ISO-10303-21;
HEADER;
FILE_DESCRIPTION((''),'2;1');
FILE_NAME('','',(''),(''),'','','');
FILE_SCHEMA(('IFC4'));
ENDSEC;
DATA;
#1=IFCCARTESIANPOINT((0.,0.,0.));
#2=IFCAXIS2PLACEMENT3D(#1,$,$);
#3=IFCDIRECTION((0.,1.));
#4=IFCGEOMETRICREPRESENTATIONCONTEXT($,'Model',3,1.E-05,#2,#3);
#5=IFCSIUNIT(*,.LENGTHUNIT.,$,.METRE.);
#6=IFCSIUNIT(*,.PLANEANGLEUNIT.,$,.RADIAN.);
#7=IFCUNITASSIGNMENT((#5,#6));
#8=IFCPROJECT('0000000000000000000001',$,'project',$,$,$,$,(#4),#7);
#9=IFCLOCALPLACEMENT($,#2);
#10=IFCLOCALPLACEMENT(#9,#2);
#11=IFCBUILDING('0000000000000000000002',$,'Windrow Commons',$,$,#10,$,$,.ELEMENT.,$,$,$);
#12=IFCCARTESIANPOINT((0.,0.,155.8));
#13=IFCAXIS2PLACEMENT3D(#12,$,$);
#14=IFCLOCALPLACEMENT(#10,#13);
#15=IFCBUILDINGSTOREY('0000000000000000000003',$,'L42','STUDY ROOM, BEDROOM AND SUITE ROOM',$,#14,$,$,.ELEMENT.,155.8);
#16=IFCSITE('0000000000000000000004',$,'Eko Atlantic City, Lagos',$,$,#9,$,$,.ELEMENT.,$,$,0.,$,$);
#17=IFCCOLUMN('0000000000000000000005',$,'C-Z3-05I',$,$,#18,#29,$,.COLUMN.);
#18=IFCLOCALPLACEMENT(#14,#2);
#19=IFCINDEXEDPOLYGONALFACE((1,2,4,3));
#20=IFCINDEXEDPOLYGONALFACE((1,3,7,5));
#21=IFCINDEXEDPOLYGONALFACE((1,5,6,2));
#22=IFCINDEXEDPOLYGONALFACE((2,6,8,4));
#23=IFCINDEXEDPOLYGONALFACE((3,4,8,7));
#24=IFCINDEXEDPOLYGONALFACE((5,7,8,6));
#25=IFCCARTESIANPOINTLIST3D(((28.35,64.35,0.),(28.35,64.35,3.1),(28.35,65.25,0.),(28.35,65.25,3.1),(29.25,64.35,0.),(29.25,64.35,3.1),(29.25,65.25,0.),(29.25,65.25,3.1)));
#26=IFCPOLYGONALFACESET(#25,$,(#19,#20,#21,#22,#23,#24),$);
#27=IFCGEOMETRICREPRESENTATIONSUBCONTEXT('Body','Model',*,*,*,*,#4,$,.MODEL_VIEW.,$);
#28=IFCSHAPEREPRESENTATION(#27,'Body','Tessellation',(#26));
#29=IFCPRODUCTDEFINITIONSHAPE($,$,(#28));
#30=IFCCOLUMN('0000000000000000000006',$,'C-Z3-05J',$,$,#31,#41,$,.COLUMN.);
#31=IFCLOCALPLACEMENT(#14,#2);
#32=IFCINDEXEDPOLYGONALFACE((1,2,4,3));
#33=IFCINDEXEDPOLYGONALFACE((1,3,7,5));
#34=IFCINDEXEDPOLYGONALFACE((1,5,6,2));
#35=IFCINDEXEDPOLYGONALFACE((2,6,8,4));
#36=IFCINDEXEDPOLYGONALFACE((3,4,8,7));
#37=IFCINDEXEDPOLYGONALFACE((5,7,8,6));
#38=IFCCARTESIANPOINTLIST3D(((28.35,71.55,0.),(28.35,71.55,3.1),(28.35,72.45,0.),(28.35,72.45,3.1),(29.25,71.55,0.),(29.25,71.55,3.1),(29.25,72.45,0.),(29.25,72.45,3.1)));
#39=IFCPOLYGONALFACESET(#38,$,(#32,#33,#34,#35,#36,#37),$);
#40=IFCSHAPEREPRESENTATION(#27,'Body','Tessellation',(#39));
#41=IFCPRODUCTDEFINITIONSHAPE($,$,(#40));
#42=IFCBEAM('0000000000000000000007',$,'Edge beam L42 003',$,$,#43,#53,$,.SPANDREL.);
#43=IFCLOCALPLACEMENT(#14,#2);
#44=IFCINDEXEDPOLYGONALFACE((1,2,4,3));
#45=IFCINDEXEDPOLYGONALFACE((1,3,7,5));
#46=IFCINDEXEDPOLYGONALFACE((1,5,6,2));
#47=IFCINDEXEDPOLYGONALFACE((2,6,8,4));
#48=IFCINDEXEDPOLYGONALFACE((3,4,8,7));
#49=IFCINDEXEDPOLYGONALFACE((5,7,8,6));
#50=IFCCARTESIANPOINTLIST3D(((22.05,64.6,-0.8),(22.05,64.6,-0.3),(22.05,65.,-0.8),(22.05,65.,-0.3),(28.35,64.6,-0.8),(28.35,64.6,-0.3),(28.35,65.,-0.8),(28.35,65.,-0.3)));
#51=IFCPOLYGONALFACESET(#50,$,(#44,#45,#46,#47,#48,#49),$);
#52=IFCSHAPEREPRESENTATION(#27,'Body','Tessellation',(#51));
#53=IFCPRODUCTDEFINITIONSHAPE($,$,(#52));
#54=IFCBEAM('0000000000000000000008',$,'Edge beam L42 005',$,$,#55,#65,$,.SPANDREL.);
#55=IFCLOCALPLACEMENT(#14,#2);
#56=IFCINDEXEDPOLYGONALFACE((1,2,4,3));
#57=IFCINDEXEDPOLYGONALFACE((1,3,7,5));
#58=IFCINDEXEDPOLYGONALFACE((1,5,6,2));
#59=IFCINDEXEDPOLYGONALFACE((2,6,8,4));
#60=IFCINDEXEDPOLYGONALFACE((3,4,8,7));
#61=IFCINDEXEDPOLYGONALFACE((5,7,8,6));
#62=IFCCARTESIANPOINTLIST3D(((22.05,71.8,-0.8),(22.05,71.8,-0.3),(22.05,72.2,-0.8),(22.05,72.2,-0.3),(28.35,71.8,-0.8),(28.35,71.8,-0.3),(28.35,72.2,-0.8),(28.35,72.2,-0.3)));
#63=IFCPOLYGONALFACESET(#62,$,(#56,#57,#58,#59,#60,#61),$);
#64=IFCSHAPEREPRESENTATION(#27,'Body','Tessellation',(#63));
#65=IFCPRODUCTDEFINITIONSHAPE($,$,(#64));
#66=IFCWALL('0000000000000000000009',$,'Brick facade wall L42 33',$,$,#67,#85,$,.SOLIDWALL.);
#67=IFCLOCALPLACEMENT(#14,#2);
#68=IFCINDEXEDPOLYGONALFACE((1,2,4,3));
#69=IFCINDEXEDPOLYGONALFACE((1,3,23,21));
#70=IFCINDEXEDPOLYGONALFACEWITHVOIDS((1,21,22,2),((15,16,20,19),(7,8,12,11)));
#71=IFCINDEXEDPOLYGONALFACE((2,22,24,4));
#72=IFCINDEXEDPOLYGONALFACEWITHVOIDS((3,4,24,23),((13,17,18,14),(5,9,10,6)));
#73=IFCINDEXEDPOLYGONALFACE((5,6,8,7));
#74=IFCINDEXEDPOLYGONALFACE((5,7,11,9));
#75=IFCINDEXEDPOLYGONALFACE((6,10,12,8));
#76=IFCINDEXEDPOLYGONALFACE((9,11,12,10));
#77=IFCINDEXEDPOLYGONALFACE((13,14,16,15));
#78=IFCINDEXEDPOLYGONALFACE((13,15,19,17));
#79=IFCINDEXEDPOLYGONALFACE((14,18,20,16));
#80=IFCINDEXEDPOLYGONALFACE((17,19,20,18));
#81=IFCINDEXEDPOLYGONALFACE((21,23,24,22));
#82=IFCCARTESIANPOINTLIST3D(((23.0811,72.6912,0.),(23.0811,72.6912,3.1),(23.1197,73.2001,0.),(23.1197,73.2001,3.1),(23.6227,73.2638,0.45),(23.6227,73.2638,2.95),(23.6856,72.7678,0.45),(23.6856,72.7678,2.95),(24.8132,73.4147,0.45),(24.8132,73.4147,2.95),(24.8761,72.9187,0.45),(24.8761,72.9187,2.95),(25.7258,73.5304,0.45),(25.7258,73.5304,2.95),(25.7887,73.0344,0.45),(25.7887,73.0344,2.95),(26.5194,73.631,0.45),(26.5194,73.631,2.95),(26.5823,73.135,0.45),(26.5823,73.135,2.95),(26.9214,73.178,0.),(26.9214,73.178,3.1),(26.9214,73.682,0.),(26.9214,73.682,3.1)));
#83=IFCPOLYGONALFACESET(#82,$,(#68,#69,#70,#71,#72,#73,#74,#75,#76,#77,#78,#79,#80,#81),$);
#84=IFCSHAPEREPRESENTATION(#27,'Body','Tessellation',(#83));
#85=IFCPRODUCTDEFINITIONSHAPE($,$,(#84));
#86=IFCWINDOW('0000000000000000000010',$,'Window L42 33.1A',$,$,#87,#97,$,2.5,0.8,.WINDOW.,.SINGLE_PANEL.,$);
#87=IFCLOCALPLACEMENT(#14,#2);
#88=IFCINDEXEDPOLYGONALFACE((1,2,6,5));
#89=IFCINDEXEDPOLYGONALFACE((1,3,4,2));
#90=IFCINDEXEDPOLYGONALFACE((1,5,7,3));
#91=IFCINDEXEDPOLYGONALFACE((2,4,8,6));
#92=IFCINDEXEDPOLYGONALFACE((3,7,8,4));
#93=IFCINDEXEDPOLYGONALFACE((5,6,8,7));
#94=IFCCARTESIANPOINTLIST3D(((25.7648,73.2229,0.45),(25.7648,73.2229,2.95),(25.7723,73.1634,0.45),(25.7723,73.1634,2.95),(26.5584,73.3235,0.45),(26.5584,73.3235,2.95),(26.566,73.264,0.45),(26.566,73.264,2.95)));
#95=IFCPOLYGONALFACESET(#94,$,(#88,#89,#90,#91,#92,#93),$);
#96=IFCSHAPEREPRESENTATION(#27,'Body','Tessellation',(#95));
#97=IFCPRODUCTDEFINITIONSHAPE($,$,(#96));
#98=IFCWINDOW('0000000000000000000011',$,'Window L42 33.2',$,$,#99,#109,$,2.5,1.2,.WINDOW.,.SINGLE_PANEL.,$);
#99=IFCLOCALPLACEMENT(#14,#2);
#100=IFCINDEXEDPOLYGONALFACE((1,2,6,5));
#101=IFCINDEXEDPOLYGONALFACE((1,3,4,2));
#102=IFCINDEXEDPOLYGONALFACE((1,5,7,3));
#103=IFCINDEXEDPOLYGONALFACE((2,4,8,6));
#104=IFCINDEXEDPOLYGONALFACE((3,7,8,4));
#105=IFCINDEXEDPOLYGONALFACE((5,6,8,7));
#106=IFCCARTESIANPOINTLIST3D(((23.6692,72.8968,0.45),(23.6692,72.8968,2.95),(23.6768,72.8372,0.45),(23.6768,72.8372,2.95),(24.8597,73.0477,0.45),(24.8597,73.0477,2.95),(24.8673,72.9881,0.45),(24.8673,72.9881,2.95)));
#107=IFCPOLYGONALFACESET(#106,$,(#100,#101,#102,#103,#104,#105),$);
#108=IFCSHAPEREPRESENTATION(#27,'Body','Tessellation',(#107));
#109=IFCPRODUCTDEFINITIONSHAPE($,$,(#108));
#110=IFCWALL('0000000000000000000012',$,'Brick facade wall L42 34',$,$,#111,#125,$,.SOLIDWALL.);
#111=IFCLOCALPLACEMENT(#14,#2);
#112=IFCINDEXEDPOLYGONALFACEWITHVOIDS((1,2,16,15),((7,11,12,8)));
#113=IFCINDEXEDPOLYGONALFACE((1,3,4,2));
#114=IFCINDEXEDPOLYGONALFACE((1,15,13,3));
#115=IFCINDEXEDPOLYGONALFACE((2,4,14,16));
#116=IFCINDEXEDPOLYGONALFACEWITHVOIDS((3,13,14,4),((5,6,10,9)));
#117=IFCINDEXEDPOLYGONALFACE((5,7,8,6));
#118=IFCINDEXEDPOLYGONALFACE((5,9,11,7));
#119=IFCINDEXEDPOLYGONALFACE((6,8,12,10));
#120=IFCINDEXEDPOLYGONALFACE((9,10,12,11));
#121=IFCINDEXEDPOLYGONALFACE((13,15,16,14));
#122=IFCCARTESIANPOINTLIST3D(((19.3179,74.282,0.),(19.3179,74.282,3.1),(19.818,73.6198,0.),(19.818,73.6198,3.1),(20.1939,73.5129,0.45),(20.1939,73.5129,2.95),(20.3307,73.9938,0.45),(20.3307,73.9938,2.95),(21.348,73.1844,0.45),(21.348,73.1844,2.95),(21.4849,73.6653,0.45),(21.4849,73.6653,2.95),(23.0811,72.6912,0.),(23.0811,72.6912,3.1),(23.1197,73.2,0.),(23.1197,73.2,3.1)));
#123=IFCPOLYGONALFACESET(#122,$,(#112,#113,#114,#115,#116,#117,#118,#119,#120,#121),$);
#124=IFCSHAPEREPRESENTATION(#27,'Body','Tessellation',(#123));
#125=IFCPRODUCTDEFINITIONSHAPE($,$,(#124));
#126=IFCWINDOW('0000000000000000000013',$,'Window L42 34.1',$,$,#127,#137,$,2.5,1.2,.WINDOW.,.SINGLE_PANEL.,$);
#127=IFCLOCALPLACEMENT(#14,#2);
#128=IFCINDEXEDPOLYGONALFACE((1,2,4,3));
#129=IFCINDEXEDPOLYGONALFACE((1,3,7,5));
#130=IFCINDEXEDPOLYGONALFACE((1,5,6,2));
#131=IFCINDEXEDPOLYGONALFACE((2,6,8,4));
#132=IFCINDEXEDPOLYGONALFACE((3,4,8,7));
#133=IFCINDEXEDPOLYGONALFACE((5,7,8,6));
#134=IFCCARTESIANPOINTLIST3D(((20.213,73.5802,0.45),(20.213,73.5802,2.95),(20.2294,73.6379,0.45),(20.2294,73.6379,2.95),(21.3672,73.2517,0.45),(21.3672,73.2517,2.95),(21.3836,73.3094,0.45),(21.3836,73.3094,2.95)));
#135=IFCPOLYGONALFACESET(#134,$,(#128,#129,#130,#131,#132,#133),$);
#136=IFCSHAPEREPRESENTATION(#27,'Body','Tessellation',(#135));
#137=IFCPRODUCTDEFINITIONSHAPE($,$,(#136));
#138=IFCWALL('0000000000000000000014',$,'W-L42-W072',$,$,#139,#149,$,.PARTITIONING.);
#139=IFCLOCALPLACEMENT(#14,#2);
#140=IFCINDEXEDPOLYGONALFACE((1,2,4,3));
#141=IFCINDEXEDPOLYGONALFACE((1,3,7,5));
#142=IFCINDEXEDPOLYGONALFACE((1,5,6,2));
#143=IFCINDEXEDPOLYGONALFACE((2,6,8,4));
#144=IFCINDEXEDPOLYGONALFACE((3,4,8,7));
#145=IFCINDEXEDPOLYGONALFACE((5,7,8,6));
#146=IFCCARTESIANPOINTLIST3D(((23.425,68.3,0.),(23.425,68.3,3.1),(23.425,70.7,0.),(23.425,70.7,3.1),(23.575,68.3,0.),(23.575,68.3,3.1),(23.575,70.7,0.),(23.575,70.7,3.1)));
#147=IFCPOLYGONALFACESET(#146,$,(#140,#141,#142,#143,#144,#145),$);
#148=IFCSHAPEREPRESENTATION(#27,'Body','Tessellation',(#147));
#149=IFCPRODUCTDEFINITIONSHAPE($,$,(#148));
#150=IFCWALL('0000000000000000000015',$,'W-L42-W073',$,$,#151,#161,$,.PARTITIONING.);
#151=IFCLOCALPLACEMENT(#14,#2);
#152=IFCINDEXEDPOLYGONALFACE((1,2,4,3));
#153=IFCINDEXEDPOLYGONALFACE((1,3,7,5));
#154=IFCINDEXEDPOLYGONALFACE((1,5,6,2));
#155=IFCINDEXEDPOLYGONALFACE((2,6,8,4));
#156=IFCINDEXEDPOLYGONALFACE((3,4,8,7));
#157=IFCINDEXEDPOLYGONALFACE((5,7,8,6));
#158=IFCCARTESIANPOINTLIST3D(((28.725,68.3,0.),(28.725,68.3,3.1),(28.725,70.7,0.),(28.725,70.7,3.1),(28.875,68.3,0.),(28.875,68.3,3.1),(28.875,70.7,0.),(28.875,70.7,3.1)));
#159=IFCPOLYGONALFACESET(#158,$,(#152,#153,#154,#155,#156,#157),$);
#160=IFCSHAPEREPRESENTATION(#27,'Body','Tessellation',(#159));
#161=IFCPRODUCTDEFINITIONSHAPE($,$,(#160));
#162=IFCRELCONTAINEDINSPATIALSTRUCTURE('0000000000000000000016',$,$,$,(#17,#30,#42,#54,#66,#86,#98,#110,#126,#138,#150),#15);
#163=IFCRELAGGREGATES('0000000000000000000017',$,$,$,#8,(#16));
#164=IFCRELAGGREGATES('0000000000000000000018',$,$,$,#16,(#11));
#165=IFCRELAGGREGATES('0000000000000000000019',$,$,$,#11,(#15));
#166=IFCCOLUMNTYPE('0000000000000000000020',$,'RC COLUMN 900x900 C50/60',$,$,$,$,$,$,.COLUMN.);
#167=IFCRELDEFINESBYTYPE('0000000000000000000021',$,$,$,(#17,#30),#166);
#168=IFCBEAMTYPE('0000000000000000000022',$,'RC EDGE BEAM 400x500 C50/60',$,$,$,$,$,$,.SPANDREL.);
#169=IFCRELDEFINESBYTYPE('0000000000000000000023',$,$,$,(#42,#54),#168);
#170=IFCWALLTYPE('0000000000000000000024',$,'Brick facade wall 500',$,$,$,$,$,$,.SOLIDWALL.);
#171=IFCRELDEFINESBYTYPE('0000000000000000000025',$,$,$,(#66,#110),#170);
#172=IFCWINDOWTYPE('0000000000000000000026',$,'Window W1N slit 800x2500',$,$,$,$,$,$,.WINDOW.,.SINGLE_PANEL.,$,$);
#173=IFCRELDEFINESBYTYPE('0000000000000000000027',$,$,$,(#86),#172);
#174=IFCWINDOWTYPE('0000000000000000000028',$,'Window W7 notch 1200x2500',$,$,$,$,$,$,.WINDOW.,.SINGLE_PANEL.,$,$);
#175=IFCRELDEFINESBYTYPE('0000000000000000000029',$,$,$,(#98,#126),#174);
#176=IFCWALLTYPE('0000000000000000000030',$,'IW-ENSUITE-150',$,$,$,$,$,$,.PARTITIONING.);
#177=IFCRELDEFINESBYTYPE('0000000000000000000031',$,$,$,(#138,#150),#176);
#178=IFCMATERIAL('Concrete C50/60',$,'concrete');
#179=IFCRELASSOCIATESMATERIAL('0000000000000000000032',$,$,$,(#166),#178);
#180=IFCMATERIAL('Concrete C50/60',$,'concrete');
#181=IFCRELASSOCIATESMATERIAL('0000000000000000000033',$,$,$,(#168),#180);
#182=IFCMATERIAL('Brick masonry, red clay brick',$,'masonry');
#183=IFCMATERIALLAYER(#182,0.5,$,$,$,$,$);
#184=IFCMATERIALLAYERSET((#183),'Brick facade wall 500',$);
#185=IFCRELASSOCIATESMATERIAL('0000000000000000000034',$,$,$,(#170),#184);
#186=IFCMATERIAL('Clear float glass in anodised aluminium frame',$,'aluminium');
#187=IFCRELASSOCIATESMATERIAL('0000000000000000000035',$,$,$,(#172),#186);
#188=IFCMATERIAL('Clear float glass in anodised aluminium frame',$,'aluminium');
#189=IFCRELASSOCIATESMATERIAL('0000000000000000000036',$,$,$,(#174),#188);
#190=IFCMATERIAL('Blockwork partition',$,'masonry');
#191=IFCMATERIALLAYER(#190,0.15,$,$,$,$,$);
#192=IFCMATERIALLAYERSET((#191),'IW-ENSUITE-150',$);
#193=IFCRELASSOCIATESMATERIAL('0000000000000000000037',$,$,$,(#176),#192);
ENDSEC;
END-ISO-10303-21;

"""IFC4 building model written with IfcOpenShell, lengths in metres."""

from ifc_helpers import new_model, si_unit, direction, frame, frame_2d, origin, origin_2d, place, context, subcontext, project, spatial, polyline, rectangle, outline, extrude, material, layer, layer_set, material_profile, profile_set, type_object, element, fill, save


model = new_model("IFC4")

# Units and contexts
model_context = context("Model", 3, precision=1e-05, world=origin(), true_north=direction((0.0, 1.0)))
body_context = subcontext(model_context, "Body", "Model", "MODEL_VIEW")
ifc_project = project(units=[si_unit("LENGTHUNIT", "METRE"), si_unit("PLANEANGLEUNIT", "RADIAN")], contexts=[model_context])

# Site, building, storey
site_placement = place(None, origin())
site = spatial("IfcSite", under=ifc_project, at=site_placement, Name="Eko Atlantic City, Lagos", CompositionType="ELEMENT", RefElevation=0.0)
building_placement = place(site_placement, origin())
building = spatial("IfcBuilding", under=site, at=building_placement, Name="Windrow Commons", CompositionType="ELEMENT")
storey_placement = place(building_placement, frame((0.0, 0.0, 155.8)))
storey = spatial("IfcBuildingStorey", under=building, at=storey_placement, Name="L42", Description="STUDY ROOM, BEDROOM AND SUITE ROOM", CompositionType="ELEMENT", Elevation=155.8)

# Columns
ifc_material_1 = material(Name="Concrete C50/60", Category="concrete")
ifc_material_profile_1 = material_profile(ifc_material_1, rectangle(XDim=0.9, YDim=0.9, at=origin_2d()))
ifc_profile_set_1 = profile_set([ifc_material_profile_1], Name="Concrete C50/60")
column_type = type_object("IfcColumnType", Name="RC COLUMN 900x900 C50/60", PredefinedType="COLUMN", material=ifc_profile_set_1)
for number, where, z_axis, x_axis, name in (
    (1, (28.8, 64.8, 0.0), (0.0, 0.0, 1.0), (1.0, 0.0, 0.0), "C-Z3-05I"),
    (2, (28.8, 72.0, 0.0), (0.0, 0.0, 1.0), (1.0, 0.0, 0.0), "C-Z3-05J"),
):
    element("IfcColumn", number, at=place(storey_placement, frame(where, z_axis=z_axis, x_axis=x_axis)), inside=storey, type_object=column_type, Name=name, PredefinedType="COLUMN", context=body_context, shape_type="SweptSolid", body=[
        extrude(rectangle(XDim=0.9, YDim=0.9, at=origin_2d()), origin(), (0.0, 0.0, 1.0), 3.1),
    ])

# Beams
ifc_material_2 = material(Name="Concrete C50/60", Category="concrete")
ifc_material_profile_2 = material_profile(ifc_material_2, rectangle(XDim=0.4, YDim=0.5, at=origin_2d()))
ifc_profile_set_2 = profile_set([ifc_material_profile_2], Name="Concrete C50/60")
beam_type = type_object("IfcBeamType", Name="RC EDGE BEAM 400x500 C50/60", PredefinedType="SPANDREL", material=ifc_profile_set_2)
for number, where, z_axis, x_axis, name in (
    (3, (28.35, 64.8, -0.55), (-1.0, 0.0, 0.0), (0.0, -1.0, 0.0), "Edge beam L42 003"),
    (4, (22.05, 72.0, -0.55), (1.0, 0.0, 0.0), (0.0, 1.0, 0.0), "Edge beam L42 005"),
):
    element("IfcBeam", number, at=place(storey_placement, frame(where, z_axis=z_axis, x_axis=x_axis)), inside=storey, type_object=beam_type, Name=name, PredefinedType="SPANDREL", context=body_context, shape_type="SweptSolid", body=[
        extrude(rectangle(XDim=0.4, YDim=0.5, at=origin_2d()), origin(), (0.0, 0.0, 1.0), 6.3),
    ])

# Wall, openings, windows
ifc_material_3 = material(Name="Brick masonry, red clay brick", Category="masonry")
ifc_layer_1 = layer(ifc_material_3, 0.5)
ifc_layer_set_1 = layer_set([ifc_layer_1], Name="Brick facade wall 500")
wall_type_1 = type_object("IfcWallType", Name="Brick facade wall 500", PredefinedType="SOLIDWALL", material=ifc_layer_set_1)
wall_1_placement = place(storey_placement, frame((26.9214, 73.43, 0.0), z_axis=(0.0, 0.0, 1.0), x_axis=(-0.99206, -0.125767, 0.0)))
wall_1 = element("IfcWall", 5, at=wall_1_placement, inside=storey, type_object=wall_type_1, Name="Brick facade wall L42 33", PredefinedType="SOLIDWALL", context=body_context, shape_type="SweptSolid", body=[
    extrude(outline(polyline([(-0.0317, -0.25), (3.8004, -0.25), (3.9027, 0.25), (0.0317, 0.25), (-0.0317, -0.25)])), origin(), (0.0, 0.0, 1.0), 3.1),
])
opening_1_placement = place(wall_1_placement, frame((2.0934, 0.0, 0.45)))
opening_1 = element("IfcOpeningElement", 6, at=opening_1_placement, cuts=wall_1, PredefinedType="OPENING", context=body_context, shape_type="SweptSolid", body=[
    extrude(rectangle(XDim=1.2, YDim=2.5, at=frame_2d((0.6, 1.25))), frame((0.0, 0.26, 0.0), z_axis=(0.0, -1.0, 0.0), x_axis=(1.0, 0.0, 0.0)), (0.0, 0.0, 1.0), 0.52),
])
opening_2_placement = place(wall_1_placement, frame((0.3735, 0.0, 0.45)))
opening_2 = element("IfcOpeningElement", 7, at=opening_2_placement, cuts=wall_1, PredefinedType="OPENING", context=body_context, shape_type="SweptSolid", body=[
    extrude(rectangle(XDim=0.8, YDim=2.5, at=frame_2d((0.4, 1.25))), frame((0.0, 0.26, 0.0), z_axis=(0.0, -1.0, 0.0), x_axis=(1.0, 0.0, 0.0)), (0.0, 0.0, 1.0), 0.52),
])
ifc_material_4 = material(Name="Clear float glass in anodised aluminium frame", Category="aluminium")
window_type_1 = type_object("IfcWindowType", Name="Window W1N slit 800x2500", PartitioningType="SINGLE_PANEL", PredefinedType="WINDOW", material=ifc_material_4)
window_1_placement = place(opening_2_placement, origin())
window_1 = element("IfcWindow", 8, at=window_1_placement, inside=storey, type_object=window_type_1, Name="Window L42 33.1A", OverallHeight=2.5, OverallWidth=0.8, PartitioningType="SINGLE_PANEL", PredefinedType="WINDOW", context=body_context, shape_type="SweptSolid", body=[
    extrude(rectangle(XDim=0.8, YDim=2.5, at=frame_2d((0.4, 1.25))), frame((0.0, 0.12, 0.0), z_axis=(0.0, -1.0, 0.0), x_axis=(1.0, 0.0, 0.0)), (0.0, 0.0, 1.0), 0.06),
])
fill(opening_2, window_1)
ifc_material_5 = material(Name="Clear float glass in anodised aluminium frame", Category="aluminium")
window_type_2 = type_object("IfcWindowType", Name="Window W7 notch 1200x2500", PartitioningType="SINGLE_PANEL", PredefinedType="WINDOW", material=ifc_material_5)
window_2_placement = place(opening_1_placement, origin())
window_2 = element("IfcWindow", 9, at=window_2_placement, inside=storey, type_object=window_type_2, Name="Window L42 33.2", OverallHeight=2.5, OverallWidth=1.2, PartitioningType="SINGLE_PANEL", PredefinedType="WINDOW", context=body_context, shape_type="SweptSolid", body=[
    extrude(rectangle(XDim=1.2, YDim=2.5, at=frame_2d((0.6, 1.25))), frame((0.0, 0.18, 0.0), z_axis=(0.0, -1.0, 0.0), x_axis=(1.0, 0.0, 0.0)), (0.0, 0.0, 1.0), 0.06),
])
fill(opening_1, window_2)

# Wall, opening, window
wall_2_placement = place(storey_placement, frame((23.1004, 72.9456, 0.0), z_axis=(0.0, 0.0, 1.0), x_axis=(-0.961808, 0.273725, 0.0)))
wall_2 = element("IfcWall", 10, at=wall_2_placement, inside=storey, type_object=wall_type_1, Name="Brick facade wall L42 34", PredefinedType="SOLIDWALL", context=body_context, shape_type="SweptSolid", body=[
    extrude(outline(polyline([(0.0511, -0.25), (4.0038, -0.25), (3.3416, 0.25), (-0.0511, 0.25), (0.0511, -0.25)])), origin(), (0.0, 0.0, 1.0), 3.1),
])
opening_3_placement = place(wall_2_placement, frame((1.7508, 0.0, 0.45)))
opening_3 = element("IfcOpeningElement", 11, at=opening_3_placement, cuts=wall_2, PredefinedType="OPENING", context=body_context, shape_type="SweptSolid", body=[
    extrude(rectangle(XDim=1.2, YDim=2.5, at=frame_2d((0.6, 1.25))), frame((0.0, 0.26, 0.0), z_axis=(0.0, -1.0, 0.0), x_axis=(1.0, 0.0, 0.0)), (0.0, 0.0, 1.0), 0.52),
])
window_3_placement = place(opening_3_placement, origin())
window_3 = element("IfcWindow", 12, at=window_3_placement, inside=storey, type_object=window_type_2, Name="Window L42 34.1", OverallHeight=2.5, OverallWidth=1.2, PartitioningType="SINGLE_PANEL", PredefinedType="WINDOW", context=body_context, shape_type="SweptSolid", body=[
    extrude(rectangle(XDim=1.2, YDim=2.5, at=frame_2d((0.6, 1.25))), frame((0.0, 0.18, 0.0), z_axis=(0.0, -1.0, 0.0), x_axis=(1.0, 0.0, 0.0)), (0.0, 0.0, 1.0), 0.06),
])
fill(opening_3, window_3)

# Walls
ifc_material_6 = material(Name="Blockwork partition", Category="masonry")
ifc_layer_2 = layer(ifc_material_6, 0.15)
ifc_layer_set_2 = layer_set([ifc_layer_2], Name="IW-ENSUITE-150")
wall_type_2 = type_object("IfcWallType", Name="IW-ENSUITE-150", PredefinedType="PARTITIONING", material=ifc_layer_set_2)
for number, where, z_axis, x_axis, name in (
    (13, (23.5, 68.3, 0.0), (0.0, 0.0, 1.0), (0.0, 1.0, 0.0), "W-L42-W072"),
    (14, (28.8, 68.3, 0.0), (0.0, 0.0, 1.0), (0.0, 1.0, 0.0), "W-L42-W073"),
):
    element("IfcWall", number, at=place(storey_placement, frame(where, z_axis=z_axis, x_axis=x_axis)), inside=storey, type_object=wall_type_2, Name=name, PredefinedType="PARTITIONING", context=body_context, shape_type="SweptSolid", body=[
        extrude(rectangle(XDim=2.4, YDim=0.15, at=frame_2d((1.2, 0.0))), origin(), (0.0, 0.0, 1.0), 3.1),
    ])

save(model, "model.ifc")
